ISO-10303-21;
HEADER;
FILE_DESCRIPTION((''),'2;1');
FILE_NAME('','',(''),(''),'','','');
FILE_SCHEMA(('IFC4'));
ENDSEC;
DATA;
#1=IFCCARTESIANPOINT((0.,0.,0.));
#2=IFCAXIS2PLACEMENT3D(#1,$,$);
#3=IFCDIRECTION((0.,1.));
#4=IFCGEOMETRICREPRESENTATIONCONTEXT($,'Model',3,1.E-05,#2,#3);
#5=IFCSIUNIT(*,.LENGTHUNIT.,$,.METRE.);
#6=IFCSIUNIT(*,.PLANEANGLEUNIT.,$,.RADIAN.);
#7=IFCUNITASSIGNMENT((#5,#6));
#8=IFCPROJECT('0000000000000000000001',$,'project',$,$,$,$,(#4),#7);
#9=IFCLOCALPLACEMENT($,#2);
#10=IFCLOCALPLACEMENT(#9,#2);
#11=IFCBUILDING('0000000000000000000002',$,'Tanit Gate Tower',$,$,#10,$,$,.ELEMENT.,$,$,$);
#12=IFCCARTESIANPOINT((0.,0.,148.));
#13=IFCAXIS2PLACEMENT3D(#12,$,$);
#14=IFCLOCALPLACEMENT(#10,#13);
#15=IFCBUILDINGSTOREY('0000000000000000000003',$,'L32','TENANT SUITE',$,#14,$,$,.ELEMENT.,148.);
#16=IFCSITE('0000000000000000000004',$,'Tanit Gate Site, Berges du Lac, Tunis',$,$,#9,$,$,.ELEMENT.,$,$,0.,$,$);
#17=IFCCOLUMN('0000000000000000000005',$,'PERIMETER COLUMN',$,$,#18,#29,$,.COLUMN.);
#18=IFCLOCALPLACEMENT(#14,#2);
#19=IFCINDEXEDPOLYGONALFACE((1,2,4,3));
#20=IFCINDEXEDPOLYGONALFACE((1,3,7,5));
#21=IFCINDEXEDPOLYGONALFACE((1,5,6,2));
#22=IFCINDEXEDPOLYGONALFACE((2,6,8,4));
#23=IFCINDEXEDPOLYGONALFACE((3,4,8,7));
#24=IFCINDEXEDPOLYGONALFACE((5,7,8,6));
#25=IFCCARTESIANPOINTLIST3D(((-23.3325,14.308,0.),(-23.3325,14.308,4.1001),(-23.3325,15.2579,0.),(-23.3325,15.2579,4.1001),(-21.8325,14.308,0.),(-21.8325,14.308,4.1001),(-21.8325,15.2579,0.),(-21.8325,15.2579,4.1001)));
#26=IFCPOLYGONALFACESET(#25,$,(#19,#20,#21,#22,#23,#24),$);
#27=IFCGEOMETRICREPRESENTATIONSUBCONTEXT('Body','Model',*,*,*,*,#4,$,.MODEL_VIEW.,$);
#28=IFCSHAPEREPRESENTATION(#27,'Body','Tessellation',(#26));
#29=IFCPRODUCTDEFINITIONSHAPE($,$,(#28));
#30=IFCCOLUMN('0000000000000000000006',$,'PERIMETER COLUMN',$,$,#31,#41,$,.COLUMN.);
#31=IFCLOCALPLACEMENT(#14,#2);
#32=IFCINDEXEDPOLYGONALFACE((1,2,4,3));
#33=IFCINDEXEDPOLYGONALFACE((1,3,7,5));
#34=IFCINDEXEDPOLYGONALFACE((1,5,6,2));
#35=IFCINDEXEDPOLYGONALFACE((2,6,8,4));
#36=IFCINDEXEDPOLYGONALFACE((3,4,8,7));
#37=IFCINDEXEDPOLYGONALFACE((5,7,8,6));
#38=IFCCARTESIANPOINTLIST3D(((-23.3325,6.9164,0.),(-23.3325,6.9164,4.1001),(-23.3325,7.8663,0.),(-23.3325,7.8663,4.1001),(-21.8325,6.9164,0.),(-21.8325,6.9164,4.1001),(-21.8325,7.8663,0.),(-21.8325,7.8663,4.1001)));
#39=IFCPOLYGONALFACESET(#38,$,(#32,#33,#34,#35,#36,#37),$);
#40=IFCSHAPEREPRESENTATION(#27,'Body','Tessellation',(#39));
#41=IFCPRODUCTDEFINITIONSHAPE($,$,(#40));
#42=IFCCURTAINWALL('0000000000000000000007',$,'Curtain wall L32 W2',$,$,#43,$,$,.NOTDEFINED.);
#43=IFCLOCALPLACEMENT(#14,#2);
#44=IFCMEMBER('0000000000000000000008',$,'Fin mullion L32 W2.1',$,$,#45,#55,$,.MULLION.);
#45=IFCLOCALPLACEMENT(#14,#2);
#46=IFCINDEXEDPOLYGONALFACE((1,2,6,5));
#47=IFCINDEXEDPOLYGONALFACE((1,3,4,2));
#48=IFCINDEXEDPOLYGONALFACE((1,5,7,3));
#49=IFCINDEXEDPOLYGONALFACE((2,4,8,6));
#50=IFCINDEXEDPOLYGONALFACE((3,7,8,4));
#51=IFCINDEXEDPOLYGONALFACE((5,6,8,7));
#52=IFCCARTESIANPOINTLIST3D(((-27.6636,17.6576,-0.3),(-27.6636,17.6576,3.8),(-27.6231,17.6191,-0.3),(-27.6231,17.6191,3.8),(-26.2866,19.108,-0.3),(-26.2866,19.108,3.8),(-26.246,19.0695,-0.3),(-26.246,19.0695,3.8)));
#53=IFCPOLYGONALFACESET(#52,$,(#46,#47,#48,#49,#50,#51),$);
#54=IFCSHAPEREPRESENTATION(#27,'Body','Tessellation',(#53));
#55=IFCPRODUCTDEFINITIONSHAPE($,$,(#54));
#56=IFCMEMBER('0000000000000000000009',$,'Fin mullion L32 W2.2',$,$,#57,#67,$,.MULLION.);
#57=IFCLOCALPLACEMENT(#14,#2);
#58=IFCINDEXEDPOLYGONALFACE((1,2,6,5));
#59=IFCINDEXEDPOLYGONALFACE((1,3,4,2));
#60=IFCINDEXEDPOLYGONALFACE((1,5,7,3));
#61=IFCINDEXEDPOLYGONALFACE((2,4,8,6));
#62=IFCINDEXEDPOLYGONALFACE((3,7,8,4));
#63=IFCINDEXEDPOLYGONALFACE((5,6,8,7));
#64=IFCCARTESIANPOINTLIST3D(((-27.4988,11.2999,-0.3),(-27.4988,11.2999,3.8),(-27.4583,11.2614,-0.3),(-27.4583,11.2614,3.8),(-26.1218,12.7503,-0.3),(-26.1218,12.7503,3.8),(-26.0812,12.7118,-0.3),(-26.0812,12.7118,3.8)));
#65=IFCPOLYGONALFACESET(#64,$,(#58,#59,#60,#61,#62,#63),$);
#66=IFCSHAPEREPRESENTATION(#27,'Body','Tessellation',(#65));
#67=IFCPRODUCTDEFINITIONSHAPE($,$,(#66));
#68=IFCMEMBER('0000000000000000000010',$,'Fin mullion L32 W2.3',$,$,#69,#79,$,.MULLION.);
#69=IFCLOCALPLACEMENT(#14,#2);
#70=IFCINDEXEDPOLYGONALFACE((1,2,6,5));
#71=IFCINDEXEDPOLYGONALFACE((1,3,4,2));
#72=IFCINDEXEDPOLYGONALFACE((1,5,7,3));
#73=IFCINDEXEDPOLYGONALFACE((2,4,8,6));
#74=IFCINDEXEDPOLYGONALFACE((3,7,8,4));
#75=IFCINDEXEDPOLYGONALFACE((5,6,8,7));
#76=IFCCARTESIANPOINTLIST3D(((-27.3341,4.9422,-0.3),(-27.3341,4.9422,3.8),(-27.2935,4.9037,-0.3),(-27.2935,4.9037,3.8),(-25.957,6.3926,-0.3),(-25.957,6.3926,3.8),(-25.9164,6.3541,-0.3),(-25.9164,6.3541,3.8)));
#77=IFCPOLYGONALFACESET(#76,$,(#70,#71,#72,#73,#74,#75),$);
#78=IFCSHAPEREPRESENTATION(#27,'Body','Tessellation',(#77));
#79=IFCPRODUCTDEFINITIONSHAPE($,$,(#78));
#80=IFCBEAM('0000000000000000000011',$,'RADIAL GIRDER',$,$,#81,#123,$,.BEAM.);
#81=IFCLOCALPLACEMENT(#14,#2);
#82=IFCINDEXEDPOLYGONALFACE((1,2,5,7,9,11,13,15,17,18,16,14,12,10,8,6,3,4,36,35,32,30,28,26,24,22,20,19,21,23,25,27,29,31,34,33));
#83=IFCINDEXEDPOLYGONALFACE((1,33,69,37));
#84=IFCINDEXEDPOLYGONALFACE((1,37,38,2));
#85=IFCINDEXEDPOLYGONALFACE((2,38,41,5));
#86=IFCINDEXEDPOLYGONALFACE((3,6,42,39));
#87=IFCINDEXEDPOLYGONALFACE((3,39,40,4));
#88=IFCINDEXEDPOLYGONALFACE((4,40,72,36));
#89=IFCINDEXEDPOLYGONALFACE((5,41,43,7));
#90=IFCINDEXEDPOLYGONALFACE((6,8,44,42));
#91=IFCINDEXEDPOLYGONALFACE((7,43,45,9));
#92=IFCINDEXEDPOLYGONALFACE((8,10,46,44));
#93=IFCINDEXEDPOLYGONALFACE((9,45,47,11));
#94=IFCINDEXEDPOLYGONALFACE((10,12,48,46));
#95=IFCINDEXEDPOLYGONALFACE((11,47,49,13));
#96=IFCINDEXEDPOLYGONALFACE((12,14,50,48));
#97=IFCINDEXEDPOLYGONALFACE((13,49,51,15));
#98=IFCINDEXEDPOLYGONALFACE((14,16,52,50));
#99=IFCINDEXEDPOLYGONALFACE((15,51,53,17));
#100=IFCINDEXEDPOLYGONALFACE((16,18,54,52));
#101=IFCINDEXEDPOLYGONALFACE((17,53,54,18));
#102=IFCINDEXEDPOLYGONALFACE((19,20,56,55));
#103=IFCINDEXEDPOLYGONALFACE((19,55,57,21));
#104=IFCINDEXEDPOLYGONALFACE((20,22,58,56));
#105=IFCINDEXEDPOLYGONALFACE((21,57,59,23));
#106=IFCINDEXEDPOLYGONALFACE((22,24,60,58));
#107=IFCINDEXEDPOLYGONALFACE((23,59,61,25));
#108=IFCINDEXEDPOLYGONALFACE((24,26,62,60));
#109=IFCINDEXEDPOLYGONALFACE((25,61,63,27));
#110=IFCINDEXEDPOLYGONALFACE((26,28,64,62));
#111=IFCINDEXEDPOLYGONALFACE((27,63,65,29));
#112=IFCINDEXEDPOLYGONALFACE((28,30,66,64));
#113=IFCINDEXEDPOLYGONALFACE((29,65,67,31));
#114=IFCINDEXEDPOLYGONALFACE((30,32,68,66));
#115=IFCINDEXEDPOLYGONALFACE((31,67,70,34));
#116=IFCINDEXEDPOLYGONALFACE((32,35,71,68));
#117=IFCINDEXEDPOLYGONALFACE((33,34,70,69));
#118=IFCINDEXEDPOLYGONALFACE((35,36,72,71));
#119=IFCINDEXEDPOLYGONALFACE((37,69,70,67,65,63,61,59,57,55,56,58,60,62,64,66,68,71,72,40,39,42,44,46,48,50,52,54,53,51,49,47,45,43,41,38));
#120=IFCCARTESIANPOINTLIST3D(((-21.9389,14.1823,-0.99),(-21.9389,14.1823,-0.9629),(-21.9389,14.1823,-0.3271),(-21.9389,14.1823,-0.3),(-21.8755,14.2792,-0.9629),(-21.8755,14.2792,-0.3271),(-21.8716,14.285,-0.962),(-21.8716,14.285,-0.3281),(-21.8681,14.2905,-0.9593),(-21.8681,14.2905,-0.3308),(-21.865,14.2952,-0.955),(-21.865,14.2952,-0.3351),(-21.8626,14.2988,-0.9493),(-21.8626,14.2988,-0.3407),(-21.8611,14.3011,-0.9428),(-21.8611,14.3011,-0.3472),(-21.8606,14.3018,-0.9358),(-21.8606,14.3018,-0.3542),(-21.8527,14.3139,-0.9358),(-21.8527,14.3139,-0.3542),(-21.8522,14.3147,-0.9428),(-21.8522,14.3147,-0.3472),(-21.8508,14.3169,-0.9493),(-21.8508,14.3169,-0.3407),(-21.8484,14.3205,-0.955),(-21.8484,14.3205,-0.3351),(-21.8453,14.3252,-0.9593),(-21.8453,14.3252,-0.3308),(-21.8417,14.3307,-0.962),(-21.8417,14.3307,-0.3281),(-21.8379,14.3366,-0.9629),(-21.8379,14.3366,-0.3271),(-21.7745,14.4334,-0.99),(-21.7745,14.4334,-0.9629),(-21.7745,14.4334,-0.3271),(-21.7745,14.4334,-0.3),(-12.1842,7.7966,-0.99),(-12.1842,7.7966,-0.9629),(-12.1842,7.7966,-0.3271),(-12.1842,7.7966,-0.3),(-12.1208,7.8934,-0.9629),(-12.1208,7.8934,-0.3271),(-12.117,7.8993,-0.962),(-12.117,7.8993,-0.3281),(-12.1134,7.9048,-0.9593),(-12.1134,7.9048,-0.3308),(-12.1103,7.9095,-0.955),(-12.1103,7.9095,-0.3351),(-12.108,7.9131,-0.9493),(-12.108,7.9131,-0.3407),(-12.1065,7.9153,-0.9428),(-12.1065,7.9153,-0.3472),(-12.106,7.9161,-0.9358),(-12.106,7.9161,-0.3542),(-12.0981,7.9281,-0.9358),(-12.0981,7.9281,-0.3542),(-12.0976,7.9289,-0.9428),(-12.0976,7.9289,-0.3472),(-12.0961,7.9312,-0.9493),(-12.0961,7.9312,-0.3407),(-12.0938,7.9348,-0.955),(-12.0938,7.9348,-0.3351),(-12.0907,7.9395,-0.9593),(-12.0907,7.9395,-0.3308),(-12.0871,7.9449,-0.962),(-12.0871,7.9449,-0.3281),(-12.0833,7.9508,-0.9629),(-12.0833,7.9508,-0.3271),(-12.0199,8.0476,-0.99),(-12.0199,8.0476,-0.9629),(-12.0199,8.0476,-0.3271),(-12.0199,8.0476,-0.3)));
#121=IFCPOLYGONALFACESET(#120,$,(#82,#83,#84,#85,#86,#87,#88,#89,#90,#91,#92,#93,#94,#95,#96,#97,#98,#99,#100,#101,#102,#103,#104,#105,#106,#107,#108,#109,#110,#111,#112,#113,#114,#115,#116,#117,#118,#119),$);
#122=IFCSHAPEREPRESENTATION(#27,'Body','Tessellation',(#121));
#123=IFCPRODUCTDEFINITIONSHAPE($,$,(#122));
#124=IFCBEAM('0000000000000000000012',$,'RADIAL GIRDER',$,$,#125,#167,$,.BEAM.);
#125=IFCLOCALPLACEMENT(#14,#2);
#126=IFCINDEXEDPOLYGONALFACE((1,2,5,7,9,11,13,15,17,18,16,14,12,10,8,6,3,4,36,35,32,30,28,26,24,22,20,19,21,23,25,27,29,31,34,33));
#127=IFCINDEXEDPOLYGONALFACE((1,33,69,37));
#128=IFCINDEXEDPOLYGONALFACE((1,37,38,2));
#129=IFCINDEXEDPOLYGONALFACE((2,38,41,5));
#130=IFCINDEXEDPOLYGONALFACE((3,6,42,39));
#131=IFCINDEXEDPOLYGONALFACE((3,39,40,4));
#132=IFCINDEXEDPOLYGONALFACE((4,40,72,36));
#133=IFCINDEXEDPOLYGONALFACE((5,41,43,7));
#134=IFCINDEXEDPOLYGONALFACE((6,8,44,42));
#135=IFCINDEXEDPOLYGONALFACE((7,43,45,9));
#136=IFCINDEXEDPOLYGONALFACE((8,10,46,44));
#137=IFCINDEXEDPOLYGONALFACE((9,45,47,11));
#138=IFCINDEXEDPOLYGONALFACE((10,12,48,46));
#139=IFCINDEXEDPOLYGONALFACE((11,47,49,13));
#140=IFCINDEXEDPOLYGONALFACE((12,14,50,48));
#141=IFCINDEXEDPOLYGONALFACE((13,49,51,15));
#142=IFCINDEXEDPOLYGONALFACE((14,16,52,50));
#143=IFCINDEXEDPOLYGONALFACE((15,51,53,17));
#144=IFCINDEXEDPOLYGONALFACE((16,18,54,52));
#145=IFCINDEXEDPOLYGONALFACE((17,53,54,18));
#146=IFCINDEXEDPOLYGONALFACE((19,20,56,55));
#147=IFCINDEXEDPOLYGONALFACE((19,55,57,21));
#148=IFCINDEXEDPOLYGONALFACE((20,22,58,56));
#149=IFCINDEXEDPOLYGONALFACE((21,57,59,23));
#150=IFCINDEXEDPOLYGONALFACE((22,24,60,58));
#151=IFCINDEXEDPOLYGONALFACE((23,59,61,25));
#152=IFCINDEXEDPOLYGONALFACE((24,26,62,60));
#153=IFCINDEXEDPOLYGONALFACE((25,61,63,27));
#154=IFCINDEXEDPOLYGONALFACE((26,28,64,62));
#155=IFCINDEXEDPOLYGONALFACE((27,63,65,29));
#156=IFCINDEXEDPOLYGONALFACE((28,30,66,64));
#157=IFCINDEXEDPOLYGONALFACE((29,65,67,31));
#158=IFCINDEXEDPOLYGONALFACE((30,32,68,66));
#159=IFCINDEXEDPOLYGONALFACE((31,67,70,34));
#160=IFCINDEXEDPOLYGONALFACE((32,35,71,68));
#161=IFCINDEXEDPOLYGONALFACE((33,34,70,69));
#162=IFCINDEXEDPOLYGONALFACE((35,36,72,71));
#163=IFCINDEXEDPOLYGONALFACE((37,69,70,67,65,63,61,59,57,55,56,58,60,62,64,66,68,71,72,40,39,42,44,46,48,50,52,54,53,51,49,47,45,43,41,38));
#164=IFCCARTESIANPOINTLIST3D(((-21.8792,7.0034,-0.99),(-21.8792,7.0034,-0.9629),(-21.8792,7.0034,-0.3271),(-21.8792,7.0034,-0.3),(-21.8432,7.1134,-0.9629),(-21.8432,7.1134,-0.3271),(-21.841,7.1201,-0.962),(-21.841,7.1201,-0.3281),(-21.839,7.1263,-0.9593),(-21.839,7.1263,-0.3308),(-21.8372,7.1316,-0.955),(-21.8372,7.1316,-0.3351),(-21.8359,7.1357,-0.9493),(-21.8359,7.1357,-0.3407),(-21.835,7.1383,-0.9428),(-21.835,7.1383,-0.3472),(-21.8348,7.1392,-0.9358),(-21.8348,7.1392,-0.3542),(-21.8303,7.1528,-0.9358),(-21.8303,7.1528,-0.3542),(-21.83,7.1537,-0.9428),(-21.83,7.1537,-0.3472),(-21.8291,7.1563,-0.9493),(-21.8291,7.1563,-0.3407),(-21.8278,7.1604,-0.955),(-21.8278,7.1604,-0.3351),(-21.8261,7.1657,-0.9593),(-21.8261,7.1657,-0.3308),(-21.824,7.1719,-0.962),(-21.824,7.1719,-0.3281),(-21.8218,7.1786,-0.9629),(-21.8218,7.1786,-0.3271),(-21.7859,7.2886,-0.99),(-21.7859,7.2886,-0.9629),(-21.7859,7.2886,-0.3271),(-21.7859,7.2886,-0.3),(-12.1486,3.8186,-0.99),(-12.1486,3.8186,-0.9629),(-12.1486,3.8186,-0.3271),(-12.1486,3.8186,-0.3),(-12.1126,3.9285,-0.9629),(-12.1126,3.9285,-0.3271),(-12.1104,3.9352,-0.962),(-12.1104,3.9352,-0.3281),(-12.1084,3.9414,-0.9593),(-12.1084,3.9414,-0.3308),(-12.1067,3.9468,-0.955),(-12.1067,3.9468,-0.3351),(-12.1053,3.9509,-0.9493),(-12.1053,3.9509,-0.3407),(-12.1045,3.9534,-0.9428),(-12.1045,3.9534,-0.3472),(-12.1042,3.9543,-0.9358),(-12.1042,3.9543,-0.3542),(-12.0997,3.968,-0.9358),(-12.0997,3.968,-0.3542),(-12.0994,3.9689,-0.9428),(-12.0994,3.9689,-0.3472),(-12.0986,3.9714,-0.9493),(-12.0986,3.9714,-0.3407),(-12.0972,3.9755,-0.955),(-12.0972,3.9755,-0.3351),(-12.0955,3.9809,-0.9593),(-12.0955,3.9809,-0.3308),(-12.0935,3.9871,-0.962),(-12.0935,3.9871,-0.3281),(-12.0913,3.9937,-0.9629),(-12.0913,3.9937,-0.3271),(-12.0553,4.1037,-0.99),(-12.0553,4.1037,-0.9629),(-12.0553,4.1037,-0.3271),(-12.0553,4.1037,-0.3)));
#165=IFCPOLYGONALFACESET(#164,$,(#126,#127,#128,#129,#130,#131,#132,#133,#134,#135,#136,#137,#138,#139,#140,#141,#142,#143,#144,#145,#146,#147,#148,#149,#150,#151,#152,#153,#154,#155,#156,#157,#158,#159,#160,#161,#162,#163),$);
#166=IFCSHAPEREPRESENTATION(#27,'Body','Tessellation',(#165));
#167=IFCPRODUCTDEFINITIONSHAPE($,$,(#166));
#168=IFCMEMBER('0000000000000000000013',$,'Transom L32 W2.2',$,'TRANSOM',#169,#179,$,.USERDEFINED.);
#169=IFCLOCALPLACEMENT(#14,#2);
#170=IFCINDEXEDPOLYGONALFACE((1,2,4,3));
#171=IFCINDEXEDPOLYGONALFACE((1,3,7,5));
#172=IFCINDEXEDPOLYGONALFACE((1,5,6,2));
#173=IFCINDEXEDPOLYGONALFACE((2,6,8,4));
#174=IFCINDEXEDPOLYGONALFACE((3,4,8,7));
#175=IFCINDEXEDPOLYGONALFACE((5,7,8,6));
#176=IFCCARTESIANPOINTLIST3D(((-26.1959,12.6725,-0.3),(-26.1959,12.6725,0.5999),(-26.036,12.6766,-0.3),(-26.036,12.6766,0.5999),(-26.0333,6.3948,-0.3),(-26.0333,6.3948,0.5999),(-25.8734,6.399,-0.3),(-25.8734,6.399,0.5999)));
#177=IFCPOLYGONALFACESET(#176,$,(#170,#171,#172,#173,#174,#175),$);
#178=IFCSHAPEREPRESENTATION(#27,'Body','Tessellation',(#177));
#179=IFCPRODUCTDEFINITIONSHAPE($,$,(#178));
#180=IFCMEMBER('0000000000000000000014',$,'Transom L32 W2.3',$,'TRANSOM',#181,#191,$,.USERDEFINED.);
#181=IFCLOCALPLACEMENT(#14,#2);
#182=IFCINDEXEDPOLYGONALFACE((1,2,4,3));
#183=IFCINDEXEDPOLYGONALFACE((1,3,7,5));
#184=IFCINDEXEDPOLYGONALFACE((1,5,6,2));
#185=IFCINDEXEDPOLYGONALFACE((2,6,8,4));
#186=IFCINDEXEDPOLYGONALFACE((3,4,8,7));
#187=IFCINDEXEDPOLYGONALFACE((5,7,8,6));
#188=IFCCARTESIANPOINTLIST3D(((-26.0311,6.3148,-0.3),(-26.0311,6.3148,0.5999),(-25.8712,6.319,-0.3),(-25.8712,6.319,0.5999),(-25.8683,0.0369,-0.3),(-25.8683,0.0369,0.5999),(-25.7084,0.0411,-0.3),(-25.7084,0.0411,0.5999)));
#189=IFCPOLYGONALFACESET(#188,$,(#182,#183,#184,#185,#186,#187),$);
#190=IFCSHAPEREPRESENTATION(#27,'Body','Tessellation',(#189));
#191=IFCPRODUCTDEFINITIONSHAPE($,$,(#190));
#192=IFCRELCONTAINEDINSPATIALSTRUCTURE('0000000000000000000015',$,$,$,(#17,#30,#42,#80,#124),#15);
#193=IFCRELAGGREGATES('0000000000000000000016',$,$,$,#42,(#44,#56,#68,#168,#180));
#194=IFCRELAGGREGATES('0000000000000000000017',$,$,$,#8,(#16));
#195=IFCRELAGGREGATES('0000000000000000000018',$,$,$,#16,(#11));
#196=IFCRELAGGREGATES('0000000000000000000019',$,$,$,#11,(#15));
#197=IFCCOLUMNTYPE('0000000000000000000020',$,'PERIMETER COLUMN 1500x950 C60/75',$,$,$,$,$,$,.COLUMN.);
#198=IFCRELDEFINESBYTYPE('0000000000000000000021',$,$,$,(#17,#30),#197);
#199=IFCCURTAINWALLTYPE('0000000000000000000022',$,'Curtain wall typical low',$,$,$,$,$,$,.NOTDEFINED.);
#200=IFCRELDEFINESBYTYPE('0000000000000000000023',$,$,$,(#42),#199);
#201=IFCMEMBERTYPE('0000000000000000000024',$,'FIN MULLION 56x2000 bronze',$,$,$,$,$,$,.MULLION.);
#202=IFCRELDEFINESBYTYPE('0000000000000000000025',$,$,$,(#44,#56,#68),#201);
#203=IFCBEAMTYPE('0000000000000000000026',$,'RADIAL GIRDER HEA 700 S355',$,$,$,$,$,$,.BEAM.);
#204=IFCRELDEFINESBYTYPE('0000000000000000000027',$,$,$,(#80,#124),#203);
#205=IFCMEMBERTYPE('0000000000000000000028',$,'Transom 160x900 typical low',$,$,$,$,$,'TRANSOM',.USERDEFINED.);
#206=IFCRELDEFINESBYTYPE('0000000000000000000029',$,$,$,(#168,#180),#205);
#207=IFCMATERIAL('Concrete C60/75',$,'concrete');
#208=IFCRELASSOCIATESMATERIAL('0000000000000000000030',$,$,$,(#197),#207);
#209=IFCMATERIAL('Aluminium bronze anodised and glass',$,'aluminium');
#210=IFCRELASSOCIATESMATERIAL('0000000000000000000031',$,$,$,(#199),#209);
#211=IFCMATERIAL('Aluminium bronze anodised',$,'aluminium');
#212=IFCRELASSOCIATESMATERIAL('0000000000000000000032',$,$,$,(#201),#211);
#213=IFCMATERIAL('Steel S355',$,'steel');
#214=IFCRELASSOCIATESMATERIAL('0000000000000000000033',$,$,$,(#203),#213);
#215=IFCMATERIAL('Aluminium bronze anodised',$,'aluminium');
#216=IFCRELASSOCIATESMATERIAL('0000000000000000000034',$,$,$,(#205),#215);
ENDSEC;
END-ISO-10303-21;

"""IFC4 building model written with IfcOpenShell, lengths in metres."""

from ifc_helpers import new_model, si_unit, direction, frame, origin, origin_2d, place, context, subcontext, project, spatial, rectangle, i_section, extrude, material, material_profile, profile_set, type_object, element, aggregate, save


model = new_model("IFC4")

# Units and contexts
model_context = context("Model", 3, precision=1e-05, world=origin(), true_north=direction((0.0, 1.0)))
body_context = subcontext(model_context, "Body", "Model", "MODEL_VIEW")
ifc_project = project(units=[si_unit("LENGTHUNIT", "METRE"), si_unit("PLANEANGLEUNIT", "RADIAN")], contexts=[model_context])

# Site, building, storey
site_placement = place(None, origin())
site = spatial("IfcSite", under=ifc_project, at=site_placement, Name="Tanit Gate Site, Berges du Lac, Tunis", CompositionType="ELEMENT", RefElevation=0.0)
building_placement = place(site_placement, origin())
building = spatial("IfcBuilding", under=site, at=building_placement, Name="Tanit Gate Tower", CompositionType="ELEMENT")
storey_placement = place(building_placement, frame((0.0, 0.0, 148.0)))
storey = spatial("IfcBuildingStorey", under=building, at=storey_placement, Name="L32", Description="TENANT SUITE", CompositionType="ELEMENT", Elevation=148.0)

# Columns
ifc_material_1 = material(Name="Concrete C60/75", Category="concrete")
ifc_material_profile_1 = material_profile(ifc_material_1, rectangle(XDim=1.5, YDim=0.95, at=origin_2d()), Name="RC 1500x950")
ifc_profile_set_1 = profile_set([ifc_material_profile_1], Name="Concrete C60/75")
column_type = type_object("IfcColumnType", Name="PERIMETER COLUMN 1500x950 C60/75", PredefinedType="COLUMN", material=ifc_profile_set_1)
for number, where, z_axis, x_axis, name in (
    (1, (-22.5825, 14.783, 0.0), (0.0, 0.0, 1.0), (-1.0, 0.0, 0.0), "PERIMETER COLUMN"),
    (2, (-22.5825, 7.3914, 0.0), (0.0, 0.0, 1.0), (-1.0, 0.0, 0.0), "PERIMETER COLUMN"),
):
    element("IfcColumn", number, at=place(storey_placement, frame(where, z_axis=z_axis, x_axis=x_axis)), inside=storey, type_object=column_type, Name=name, PredefinedType="COLUMN", context=body_context, shape_type="SweptSolid", body=[
        extrude(rectangle(XDim=1.5, YDim=0.95, at=origin_2d()), origin(), (0.0, 0.0, 1.0), 4.1001),
    ])

# Curtain wall, members
ifc_material_2 = material(Name="Aluminium bronze anodised and glass", Category="aluminium")
curtain_wall_type = type_object("IfcCurtainWallType", Name="Curtain wall typical low", PredefinedType="NOTDEFINED", material=ifc_material_2)
curtain_wall_placement = place(storey_placement, origin())
curtain_wall = element("IfcCurtainWall", 3, at=curtain_wall_placement, inside=storey, type_object=curtain_wall_type, Name="Curtain wall L32 W2", PredefinedType="NOTDEFINED")
ifc_material_3 = material(Name="Aluminium bronze anodised", Category="aluminium")
ifc_material_profile_2 = material_profile(ifc_material_3, rectangle(XDim=2.0, YDim=0.0559, at=origin_2d()), Name="56x2000 bronze fin mullion")
ifc_profile_set_2 = profile_set([ifc_material_profile_2], Name="Aluminium bronze anodised")
member_type_1 = type_object("IfcMemberType", Name="FIN MULLION 56x2000 bronze", PredefinedType="MULLION", material=ifc_profile_set_2)
member_1_placement = place(storey_placement, frame((-26.9548, 18.3635, -0.3), z_axis=(0.0, 0.0, 1.0), x_axis=(0.688538, 0.7252, 0.0)))
member_1 = element("IfcMember", 4, at=member_1_placement, type_object=member_type_1, Name="Fin mullion L32 W2.1", PredefinedType="MULLION", context=body_context, shape_type="SweptSolid", body=[
    extrude(rectangle(XDim=2.0, YDim=0.0559, at=origin_2d()), origin(), (0.0, 0.0, 1.0), 4.1001),
])
member_2_placement = place(storey_placement, frame((-26.79, 12.0059, -0.3), z_axis=(0.0, 0.0, 1.0), x_axis=(0.688538, 0.7252, 0.0)))
member_2 = element("IfcMember", 5, at=member_2_placement, type_object=member_type_1, Name="Fin mullion L32 W2.2", PredefinedType="MULLION", context=body_context, shape_type="SweptSolid", body=[
    extrude(rectangle(XDim=2.0, YDim=0.0559, at=origin_2d()), origin(), (0.0, 0.0, 1.0), 4.1001),
])
member_3_placement = place(storey_placement, frame((-26.6252, 5.6482, -0.3), z_axis=(0.0, 0.0, 1.0), x_axis=(0.688538, 0.7252, 0.0)))
member_3 = element("IfcMember", 6, at=member_3_placement, type_object=member_type_1, Name="Fin mullion L32 W2.3", PredefinedType="MULLION", context=body_context, shape_type="SweptSolid", body=[
    extrude(rectangle(XDim=2.0, YDim=0.0559, at=origin_2d()), origin(), (0.0, 0.0, 1.0), 4.1001),
])

# Beams
ifc_material_4 = material(Name="Steel S355", Category="steel")
ifc_material_profile_3 = material_profile(ifc_material_4, i_section(OverallWidth=0.3, OverallDepth=0.6899, WebThickness=0.0144, FlangeThickness=0.0271, FilletRadius=0.0271, at=origin_2d()), Name="HEA 700")
ifc_profile_set_3 = profile_set([ifc_material_profile_3], Name="Steel S355")
beam_type = type_object("IfcBeamType", Name="RADIAL GIRDER HEA 700 S355", PredefinedType="BEAM", material=ifc_profile_set_3)
beam_1_placement = place(storey_placement, frame((-21.8567, 14.3079, -0.645), z_axis=(0.836667, -0.547712, 0.0), x_axis=(0.547712, 0.836667, 0.0)))
element("IfcBeam", 7, at=beam_1_placement, inside=storey, type_object=beam_type, Name="RADIAL GIRDER", PredefinedType="BEAM", context=body_context, shape_type="SweptSolid", body=[
    extrude(i_section(OverallWidth=0.3, OverallDepth=0.6899, WebThickness=0.0144, FlangeThickness=0.0271, FilletRadius=0.0271, at=origin_2d()), origin(), (0.0, 0.0, 1.0), 11.6589),
])
beam_2_placement = place(storey_placement, frame((-21.8325, 7.146, -0.645), z_axis=(0.950389, -0.311065, 0.0), x_axis=(0.311065, 0.950389, 0.0)))
element("IfcBeam", 8, at=beam_2_placement, inside=storey, type_object=beam_type, Name="RADIAL GIRDER", PredefinedType="BEAM", context=body_context, shape_type="SweptSolid", body=[
    extrude(i_section(OverallWidth=0.3, OverallDepth=0.6899, WebThickness=0.0144, FlangeThickness=0.0271, FilletRadius=0.0271, at=origin_2d()), origin(), (0.0, 0.0, 1.0), 10.2385),
])

# Members
ifc_material_5 = material(Name="Aluminium bronze anodised", Category="aluminium")
ifc_material_profile_4 = material_profile(ifc_material_5, rectangle(XDim=0.1599, YDim=0.8999, at=origin_2d()), Name="160x900 bronze transom")
ifc_profile_set_4 = profile_set([ifc_material_profile_4], Name="Aluminium bronze anodised")
member_type_2 = type_object("IfcMemberType", Name="Transom 160x900 typical low", ElementType="TRANSOM", PredefinedType="USERDEFINED", material=ifc_profile_set_4)
member_4_placement = place(storey_placement, frame((-26.116, 12.6746, 0.1499), z_axis=(0.025893, -0.999665, 0.0), x_axis=(0.999665, 0.025893, 0.0)))
member_4 = element("IfcMember", 9, at=member_4_placement, type_object=member_type_2, Name="Transom L32 W2.2", ObjectType="TRANSOM", PredefinedType="USERDEFINED", context=body_context, shape_type="SweptSolid", body=[
    extrude(rectangle(XDim=0.1599, YDim=0.8999, at=origin_2d()), origin(), (0.0, 0.0, 1.0), 6.2798),
])
member_5_placement = place(storey_placement, frame((-25.9512, 6.3169, 0.1499), z_axis=(0.02593, -0.999664, 0.0), x_axis=(0.999664, 0.02593, 0.0)))
member_5 = element("IfcMember", 10, at=member_5_placement, type_object=member_type_2, Name="Transom L32 W2.3", ObjectType="TRANSOM", PredefinedType="USERDEFINED", context=body_context, shape_type="SweptSolid", body=[
    extrude(rectangle(XDim=0.1599, YDim=0.8999, at=origin_2d()), origin(), (0.0, 0.0, 1.0), 6.28),
])

aggregate(curtain_wall, [member_1, member_2, member_3, member_4, member_5])

save(model, "model.ifc")
